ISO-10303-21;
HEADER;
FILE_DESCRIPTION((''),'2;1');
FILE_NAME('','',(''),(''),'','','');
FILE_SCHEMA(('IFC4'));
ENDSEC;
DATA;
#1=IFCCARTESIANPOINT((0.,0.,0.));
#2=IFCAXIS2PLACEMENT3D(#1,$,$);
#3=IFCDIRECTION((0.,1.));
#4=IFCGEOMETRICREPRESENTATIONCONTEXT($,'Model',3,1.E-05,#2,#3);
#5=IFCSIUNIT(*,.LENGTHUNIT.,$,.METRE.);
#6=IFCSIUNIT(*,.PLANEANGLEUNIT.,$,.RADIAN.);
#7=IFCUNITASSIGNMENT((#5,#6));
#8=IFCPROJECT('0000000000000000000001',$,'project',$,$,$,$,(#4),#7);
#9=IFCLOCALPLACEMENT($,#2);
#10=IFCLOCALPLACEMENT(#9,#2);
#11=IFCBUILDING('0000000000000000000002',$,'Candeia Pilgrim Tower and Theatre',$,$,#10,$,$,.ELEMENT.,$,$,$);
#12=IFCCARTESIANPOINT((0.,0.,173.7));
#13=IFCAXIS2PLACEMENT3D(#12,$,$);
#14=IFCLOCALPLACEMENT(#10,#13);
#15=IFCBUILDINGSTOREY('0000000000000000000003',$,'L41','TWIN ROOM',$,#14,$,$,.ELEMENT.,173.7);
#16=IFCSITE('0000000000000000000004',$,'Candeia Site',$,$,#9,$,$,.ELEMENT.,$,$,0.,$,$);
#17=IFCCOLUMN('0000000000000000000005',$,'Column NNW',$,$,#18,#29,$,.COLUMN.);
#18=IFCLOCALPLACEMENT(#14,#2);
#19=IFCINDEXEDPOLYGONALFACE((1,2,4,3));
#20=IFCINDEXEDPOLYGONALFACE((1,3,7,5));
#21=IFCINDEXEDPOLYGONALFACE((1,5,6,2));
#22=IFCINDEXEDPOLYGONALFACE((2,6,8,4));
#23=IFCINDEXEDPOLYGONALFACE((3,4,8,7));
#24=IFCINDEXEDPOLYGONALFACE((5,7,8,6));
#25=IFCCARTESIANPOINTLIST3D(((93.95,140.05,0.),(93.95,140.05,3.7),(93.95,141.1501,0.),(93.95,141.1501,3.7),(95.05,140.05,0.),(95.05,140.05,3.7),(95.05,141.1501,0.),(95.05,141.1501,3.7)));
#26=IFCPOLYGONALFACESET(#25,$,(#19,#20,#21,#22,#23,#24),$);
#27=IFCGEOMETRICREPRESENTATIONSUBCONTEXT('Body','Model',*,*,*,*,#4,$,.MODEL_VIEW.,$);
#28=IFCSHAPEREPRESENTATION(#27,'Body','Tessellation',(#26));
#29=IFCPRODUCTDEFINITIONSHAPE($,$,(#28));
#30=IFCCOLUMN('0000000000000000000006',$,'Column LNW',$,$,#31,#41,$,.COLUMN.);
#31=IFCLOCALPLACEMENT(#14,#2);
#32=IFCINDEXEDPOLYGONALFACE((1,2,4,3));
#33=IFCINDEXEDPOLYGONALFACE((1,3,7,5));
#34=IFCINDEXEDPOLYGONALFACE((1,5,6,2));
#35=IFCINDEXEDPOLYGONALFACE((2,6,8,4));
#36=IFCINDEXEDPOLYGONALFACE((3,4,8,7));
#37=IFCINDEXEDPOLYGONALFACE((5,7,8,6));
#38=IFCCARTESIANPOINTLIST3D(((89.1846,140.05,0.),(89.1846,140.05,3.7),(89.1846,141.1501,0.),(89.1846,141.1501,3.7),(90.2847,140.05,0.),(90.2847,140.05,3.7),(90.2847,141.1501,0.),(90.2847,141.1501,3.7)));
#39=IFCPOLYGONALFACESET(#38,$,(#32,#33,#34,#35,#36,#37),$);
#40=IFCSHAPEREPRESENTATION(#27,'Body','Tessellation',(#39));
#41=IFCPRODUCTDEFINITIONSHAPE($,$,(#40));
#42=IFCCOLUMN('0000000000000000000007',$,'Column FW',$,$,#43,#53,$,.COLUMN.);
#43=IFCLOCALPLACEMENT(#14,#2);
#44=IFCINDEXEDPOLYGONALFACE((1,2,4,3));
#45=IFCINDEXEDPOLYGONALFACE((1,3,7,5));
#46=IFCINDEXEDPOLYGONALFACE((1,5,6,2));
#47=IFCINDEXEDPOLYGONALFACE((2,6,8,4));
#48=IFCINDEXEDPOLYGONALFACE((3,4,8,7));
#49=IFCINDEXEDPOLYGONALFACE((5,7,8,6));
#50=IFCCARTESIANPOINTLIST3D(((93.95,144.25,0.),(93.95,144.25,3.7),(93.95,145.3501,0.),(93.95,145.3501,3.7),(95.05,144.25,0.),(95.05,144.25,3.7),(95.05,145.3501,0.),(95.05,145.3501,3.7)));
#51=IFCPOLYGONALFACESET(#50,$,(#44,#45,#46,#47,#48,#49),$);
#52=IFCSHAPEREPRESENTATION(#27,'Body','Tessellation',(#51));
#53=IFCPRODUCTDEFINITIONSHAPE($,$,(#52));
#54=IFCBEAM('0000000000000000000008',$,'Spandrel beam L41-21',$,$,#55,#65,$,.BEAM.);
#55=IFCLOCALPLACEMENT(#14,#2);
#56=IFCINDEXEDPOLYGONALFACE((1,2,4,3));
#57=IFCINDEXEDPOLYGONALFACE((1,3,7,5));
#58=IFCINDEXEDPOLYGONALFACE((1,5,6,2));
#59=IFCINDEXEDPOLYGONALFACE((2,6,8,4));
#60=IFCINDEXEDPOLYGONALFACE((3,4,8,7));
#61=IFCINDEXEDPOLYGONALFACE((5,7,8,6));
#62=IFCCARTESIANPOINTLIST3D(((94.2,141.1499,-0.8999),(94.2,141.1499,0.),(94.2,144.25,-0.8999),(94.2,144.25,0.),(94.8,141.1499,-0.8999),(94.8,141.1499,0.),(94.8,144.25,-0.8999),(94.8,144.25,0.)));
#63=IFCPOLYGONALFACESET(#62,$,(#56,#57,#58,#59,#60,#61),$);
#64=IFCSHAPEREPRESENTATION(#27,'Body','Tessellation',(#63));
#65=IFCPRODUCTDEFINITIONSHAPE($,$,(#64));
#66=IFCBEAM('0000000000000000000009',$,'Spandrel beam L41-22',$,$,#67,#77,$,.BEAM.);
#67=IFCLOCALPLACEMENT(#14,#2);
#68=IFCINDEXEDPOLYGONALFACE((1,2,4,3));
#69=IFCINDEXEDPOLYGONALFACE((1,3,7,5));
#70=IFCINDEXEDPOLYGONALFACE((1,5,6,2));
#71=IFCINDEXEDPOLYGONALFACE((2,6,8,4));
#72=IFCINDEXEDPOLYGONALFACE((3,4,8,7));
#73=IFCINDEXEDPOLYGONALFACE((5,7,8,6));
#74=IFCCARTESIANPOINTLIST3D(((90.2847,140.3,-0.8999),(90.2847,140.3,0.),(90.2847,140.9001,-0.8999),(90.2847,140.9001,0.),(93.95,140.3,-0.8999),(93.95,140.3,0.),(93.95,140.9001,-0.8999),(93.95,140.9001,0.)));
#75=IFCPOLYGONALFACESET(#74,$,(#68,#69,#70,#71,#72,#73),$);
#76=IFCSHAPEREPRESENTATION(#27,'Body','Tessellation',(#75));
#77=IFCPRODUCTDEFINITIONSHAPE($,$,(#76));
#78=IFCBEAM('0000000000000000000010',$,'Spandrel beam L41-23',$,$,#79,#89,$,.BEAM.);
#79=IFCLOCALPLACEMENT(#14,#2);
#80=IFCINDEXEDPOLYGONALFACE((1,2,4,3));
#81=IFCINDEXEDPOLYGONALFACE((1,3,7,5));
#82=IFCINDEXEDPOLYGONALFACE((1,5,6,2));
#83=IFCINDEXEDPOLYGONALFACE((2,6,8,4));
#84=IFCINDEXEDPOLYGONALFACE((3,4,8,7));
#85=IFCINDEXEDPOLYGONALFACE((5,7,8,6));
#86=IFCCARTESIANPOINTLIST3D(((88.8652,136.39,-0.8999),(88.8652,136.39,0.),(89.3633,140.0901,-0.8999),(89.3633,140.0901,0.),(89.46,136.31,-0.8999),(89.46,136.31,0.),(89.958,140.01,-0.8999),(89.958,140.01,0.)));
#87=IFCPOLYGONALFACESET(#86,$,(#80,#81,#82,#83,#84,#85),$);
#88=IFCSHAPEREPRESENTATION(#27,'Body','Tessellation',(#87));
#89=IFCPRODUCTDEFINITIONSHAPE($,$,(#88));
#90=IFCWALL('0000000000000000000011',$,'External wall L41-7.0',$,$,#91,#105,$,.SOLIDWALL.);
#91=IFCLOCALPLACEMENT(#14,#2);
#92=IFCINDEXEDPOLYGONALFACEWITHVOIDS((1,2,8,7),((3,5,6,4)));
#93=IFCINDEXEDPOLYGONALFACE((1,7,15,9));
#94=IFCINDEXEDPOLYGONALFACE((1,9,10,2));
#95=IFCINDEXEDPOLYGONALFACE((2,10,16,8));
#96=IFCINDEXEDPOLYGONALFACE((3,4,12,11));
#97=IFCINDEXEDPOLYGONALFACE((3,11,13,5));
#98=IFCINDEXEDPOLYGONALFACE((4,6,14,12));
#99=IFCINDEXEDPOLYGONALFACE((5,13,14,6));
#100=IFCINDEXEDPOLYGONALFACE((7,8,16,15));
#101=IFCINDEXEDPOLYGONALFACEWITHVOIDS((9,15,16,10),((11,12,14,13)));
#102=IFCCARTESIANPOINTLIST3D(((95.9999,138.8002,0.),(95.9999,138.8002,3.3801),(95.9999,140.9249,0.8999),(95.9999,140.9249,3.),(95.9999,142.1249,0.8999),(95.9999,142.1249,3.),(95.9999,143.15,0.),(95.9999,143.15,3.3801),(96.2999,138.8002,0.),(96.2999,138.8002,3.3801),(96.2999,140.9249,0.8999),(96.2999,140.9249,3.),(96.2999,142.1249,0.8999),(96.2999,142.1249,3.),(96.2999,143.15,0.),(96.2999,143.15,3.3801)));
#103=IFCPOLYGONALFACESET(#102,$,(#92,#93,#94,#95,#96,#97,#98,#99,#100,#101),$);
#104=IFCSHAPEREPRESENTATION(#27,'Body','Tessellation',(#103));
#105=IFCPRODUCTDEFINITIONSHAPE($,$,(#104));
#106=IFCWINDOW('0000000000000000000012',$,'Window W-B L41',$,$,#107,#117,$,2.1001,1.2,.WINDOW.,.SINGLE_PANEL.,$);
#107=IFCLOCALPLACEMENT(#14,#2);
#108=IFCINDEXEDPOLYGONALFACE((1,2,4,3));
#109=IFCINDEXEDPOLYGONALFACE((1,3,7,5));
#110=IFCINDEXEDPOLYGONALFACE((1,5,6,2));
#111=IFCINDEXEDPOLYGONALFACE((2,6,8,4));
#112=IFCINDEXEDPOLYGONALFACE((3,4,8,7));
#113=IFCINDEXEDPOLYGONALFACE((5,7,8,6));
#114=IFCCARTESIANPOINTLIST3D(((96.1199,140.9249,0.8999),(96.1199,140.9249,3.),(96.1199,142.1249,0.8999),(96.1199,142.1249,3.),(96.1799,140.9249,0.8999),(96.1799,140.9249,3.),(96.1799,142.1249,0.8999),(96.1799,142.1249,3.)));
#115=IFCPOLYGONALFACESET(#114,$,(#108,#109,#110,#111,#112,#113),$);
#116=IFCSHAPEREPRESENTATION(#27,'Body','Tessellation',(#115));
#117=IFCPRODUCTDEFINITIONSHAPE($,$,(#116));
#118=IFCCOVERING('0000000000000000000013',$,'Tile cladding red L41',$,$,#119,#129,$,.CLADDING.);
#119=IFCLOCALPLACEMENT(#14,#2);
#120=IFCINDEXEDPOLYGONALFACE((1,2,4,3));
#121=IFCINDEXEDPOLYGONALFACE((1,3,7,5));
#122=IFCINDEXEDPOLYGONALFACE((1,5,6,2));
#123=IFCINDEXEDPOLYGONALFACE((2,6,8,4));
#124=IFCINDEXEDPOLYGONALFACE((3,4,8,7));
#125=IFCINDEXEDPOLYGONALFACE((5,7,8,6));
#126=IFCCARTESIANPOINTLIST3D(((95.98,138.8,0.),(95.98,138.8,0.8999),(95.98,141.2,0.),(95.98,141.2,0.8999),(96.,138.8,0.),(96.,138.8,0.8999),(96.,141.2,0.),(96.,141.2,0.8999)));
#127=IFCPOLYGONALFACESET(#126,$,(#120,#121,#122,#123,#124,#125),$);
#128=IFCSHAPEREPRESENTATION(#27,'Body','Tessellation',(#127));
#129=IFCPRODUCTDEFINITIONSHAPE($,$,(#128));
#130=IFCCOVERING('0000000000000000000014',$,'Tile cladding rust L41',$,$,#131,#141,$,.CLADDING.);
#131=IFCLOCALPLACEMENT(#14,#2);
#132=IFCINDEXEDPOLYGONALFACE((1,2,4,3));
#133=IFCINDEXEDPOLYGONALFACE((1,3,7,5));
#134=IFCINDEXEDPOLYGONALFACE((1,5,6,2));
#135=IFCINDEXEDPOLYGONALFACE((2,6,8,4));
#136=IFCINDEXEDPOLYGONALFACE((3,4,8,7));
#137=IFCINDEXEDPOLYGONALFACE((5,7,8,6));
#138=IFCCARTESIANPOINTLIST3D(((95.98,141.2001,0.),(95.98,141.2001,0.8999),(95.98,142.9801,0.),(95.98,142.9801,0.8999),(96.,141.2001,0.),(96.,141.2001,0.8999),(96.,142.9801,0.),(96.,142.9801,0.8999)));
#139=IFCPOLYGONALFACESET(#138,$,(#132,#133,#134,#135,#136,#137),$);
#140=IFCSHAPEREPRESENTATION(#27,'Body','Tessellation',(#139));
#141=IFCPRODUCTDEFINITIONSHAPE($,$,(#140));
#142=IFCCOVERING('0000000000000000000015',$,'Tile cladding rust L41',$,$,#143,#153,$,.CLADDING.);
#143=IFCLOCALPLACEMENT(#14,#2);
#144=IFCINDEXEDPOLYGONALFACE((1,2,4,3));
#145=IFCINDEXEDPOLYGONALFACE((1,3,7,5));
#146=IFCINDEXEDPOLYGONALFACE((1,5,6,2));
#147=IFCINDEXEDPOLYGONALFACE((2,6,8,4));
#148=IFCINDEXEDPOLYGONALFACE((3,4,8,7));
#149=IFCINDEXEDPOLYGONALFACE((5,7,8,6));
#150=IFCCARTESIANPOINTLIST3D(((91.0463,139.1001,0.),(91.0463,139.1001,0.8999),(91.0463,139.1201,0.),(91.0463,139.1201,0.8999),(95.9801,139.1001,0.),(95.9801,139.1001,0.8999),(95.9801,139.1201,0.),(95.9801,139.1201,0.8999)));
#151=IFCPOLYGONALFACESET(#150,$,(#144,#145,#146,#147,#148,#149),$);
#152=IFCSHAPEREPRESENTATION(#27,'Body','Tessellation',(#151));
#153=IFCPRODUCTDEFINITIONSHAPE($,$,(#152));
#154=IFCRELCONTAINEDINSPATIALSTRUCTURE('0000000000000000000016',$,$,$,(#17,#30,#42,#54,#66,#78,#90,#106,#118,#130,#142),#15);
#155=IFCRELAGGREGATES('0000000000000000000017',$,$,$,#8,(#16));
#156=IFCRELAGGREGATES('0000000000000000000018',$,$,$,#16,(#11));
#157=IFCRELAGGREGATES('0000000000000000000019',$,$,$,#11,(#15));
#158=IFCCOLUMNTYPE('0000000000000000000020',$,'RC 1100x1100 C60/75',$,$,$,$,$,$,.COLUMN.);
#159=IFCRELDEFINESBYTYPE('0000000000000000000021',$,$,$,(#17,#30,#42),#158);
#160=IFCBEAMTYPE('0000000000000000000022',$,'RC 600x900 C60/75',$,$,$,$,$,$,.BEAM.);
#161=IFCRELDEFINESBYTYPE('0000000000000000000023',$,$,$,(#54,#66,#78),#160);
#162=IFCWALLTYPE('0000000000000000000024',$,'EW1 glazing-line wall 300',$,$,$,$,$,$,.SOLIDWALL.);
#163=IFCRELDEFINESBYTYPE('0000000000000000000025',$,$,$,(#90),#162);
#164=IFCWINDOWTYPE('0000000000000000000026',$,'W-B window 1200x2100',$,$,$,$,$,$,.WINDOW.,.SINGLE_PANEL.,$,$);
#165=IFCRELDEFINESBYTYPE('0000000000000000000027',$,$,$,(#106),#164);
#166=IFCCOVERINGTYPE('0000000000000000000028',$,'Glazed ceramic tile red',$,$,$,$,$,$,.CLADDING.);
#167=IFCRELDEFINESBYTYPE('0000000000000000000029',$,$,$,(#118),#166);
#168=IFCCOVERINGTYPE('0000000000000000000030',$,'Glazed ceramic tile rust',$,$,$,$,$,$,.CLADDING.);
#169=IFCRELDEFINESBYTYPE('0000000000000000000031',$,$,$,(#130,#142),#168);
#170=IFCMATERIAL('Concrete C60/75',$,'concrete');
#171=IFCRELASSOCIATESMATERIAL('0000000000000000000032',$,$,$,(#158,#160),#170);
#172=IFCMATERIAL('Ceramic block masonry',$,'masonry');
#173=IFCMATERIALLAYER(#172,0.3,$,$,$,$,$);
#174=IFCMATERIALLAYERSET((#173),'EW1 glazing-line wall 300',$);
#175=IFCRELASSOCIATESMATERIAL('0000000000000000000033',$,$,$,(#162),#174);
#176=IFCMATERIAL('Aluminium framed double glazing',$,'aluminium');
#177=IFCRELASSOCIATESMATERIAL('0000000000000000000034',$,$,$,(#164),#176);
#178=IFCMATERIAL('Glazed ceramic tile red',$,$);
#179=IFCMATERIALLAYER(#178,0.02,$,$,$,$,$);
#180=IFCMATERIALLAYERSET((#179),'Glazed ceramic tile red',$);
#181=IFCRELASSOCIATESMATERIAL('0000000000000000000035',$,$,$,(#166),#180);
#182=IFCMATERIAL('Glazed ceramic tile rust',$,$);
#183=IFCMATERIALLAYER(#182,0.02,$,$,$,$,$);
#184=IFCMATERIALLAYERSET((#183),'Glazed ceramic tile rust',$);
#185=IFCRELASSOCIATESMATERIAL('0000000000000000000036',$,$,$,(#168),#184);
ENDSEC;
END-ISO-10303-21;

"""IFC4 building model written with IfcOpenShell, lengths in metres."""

from ifc_helpers import new_model, si_unit, direction, frame, frame_2d, origin, origin_2d, place, context, subcontext, project, spatial, rectangle, extrude, material, layer, layer_set, material_profile, profile_set, type_object, element, fill, save


model = new_model("IFC4")

# Units and contexts
model_context = context("Model", 3, precision=1e-05, world=origin(), true_north=direction((0.0, 1.0)))
body_context = subcontext(model_context, "Body", "Model", "MODEL_VIEW")
ifc_project = project(units=[si_unit("LENGTHUNIT", "METRE"), si_unit("PLANEANGLEUNIT", "RADIAN")], contexts=[model_context])

# Site, building, storey
site_placement = place(None, origin())
site = spatial("IfcSite", under=ifc_project, at=site_placement, Name="Candeia Site", CompositionType="ELEMENT", RefElevation=0.0)
building_placement = place(site_placement, origin())
building = spatial("IfcBuilding", under=site, at=building_placement, Name="Candeia Pilgrim Tower and Theatre", CompositionType="ELEMENT")
storey_placement = place(building_placement, frame((0.0, 0.0, 173.7)))
storey = spatial("IfcBuildingStorey", under=building, at=storey_placement, Name="L41", Description="TWIN ROOM", CompositionType="ELEMENT", Elevation=173.7)

# Columns
ifc_material_1 = material(Name="Concrete C60/75", Category="concrete")
ifc_material_profile_1 = material_profile(ifc_material_1, rectangle(XDim=1.1001, YDim=1.1001, at=origin_2d()))
ifc_profile_set_1 = profile_set([ifc_material_profile_1], Name="Concrete C60/75")
column_type = type_object("IfcColumnType", Name="RC 1100x1100 C60/75", PredefinedType="COLUMN", material=ifc_profile_set_1)
for number, where, z_axis, x_axis, name in (
    (1, (94.5, 140.6001, 0.0), (0.0, 0.0, 1.0), (1.0, 0.0, 0.0), "Column NNW"),
    (2, (89.7346, 140.6001, 0.0), (0.0, 0.0, 1.0), (1.0, 0.0, 0.0), "Column LNW"),
    (3, (94.5, 144.8, 0.0), (0.0, 0.0, 1.0), (1.0, 0.0, 0.0), "Column FW"),
):
    element("IfcColumn", number, at=place(storey_placement, frame(where, z_axis=z_axis, x_axis=x_axis)), inside=storey, type_object=column_type, Name=name, PredefinedType="COLUMN", context=body_context, shape_type="SweptSolid", body=[
        extrude(rectangle(XDim=1.1001, YDim=1.1001, at=origin_2d()), origin(), (0.0, 0.0, 1.0), 3.7),
    ])

# Beams
ifc_material_profile_2 = material_profile(ifc_material_1, rectangle(XDim=0.6001, YDim=0.8999, at=origin_2d()))
ifc_profile_set_2 = profile_set([ifc_material_profile_2], Name="Concrete C60/75")
beam_type = type_object("IfcBeamType", Name="RC 600x900 C60/75", PredefinedType="BEAM", material=ifc_profile_set_2)
beam_1_placement = place(storey_placement, frame((94.5, 144.25, -0.45), z_axis=(0.0, -1.0, 0.0), x_axis=(1.0, 0.0, 0.0)))
element("IfcBeam", 4, at=beam_1_placement, inside=storey, type_object=beam_type, Name="Spandrel beam L41-21", PredefinedType="BEAM", context=body_context, shape_type="SweptSolid", body=[
    extrude(rectangle(XDim=0.6001, YDim=0.8999, at=origin_2d()), origin(), (0.0, 0.0, 1.0), 3.1001),
])
beam_2_placement = place(storey_placement, frame((93.95, 140.6001, -0.45), z_axis=(-1.0, 0.0, 0.0), x_axis=(0.0, -1.0, 0.0)))
element("IfcBeam", 5, at=beam_2_placement, inside=storey, type_object=beam_type, Name="Spandrel beam L41-22", PredefinedType="BEAM", context=body_context, shape_type="SweptSolid", body=[
    extrude(rectangle(XDim=0.6001, YDim=0.8999, at=origin_2d()), origin(), (0.0, 0.0, 1.0), 3.6653),
])
beam_3_placement = place(storey_placement, frame((89.6606, 140.05, -0.45), z_axis=(-0.133406, -0.991061, 0.0), x_axis=(0.991061, -0.133406, 0.0)))
element("IfcBeam", 6, at=beam_3_placement, inside=storey, type_object=beam_type, Name="Spandrel beam L41-23", PredefinedType="BEAM", context=body_context, shape_type="SweptSolid", body=[
    extrude(rectangle(XDim=0.6001, YDim=0.8999, at=origin_2d()), origin(), (0.0, 0.0, 1.0), 3.7334),
])

# Wall, opening, window
ifc_material_2 = material(Name="Ceramic block masonry", Category="masonry")
ifc_layer_1 = layer(ifc_material_2, 0.3)
ifc_layer_set_1 = layer_set([ifc_layer_1], Name="EW1 glazing-line wall 300")
wall_type = type_object("IfcWallType", Name="EW1 glazing-line wall 300", PredefinedType="SOLIDWALL", material=ifc_layer_set_1)
wall_placement = place(storey_placement, frame((96.1499, 143.1499, 0.0), z_axis=(0.0, 0.0, 1.0), x_axis=(0.0, -1.0, 0.0)))
wall = element("IfcWall", 7, at=wall_placement, inside=storey, type_object=wall_type, Name="External wall L41-7.0", PredefinedType="SOLIDWALL", context=body_context, shape_type="SweptSolid", body=[
    extrude(rectangle(XDim=4.3499, YDim=0.3, at=frame_2d((2.1748, 0.0))), origin(), (0.0, 0.0, 1.0), 3.3801),
])
opening_placement = place(wall_placement, frame((1.0249, 0.0, 0.8999)))
opening = element("IfcOpeningElement", 8, at=opening_placement, cuts=wall, PredefinedType="OPENING", context=body_context, shape_type="SweptSolid", body=[
    extrude(rectangle(XDim=1.2, YDim=2.1001, at=frame_2d((0.6001, 1.05))), frame((0.0, 0.1602, 0.0), z_axis=(0.0, -1.0, 0.0), x_axis=(1.0, 0.0, 0.0)), (0.0, 0.0, 1.0), 0.3201),
])
ifc_material_3 = material(Name="Aluminium framed double glazing", Category="aluminium")
window_type = type_object("IfcWindowType", Name="W-B window 1200x2100", PartitioningType="SINGLE_PANEL", PredefinedType="WINDOW", material=ifc_material_3)
window_placement = place(opening_placement, origin())
window = element("IfcWindow", 9, at=window_placement, inside=storey, type_object=window_type, Name="Window W-B L41", OverallHeight=2.1001, OverallWidth=1.2, PartitioningType="SINGLE_PANEL", PredefinedType="WINDOW", context=body_context, shape_type="SweptSolid", body=[
    extrude(rectangle(XDim=1.2, YDim=2.1001, at=frame_2d((0.6001, 1.05))), frame((0.0, 0.03, 0.0), z_axis=(0.0, -1.0, 0.0), x_axis=(1.0, 0.0, 0.0)), (0.0, 0.0, 1.0), 0.0601),
])
fill(opening, window)

# Coverings
ifc_material_4 = material(Name="Glazed ceramic tile red")
ifc_layer_2 = layer(ifc_material_4, 0.02)
ifc_layer_set_2 = layer_set([ifc_layer_2], Name="Glazed ceramic tile red")
covering_type_1 = type_object("IfcCoveringType", Name="Glazed ceramic tile red", PredefinedType="CLADDING", material=ifc_layer_set_2)
covering_1_placement = place(storey_placement, frame((95.99, 140.0, 0.0), z_axis=(0.0, 0.0, 1.0), x_axis=(0.0, -1.0, 0.0)))
element("IfcCovering", 10, at=covering_1_placement, inside=storey, type_object=covering_type_1, Name="Tile cladding red L41", PredefinedType="CLADDING", context=body_context, shape_type="SweptSolid", body=[
    extrude(rectangle(XDim=2.3999, YDim=0.02, at=origin_2d()), origin(), (0.0, 0.0, 1.0), 0.8999),
])
ifc_material_5 = material(Name="Glazed ceramic tile rust")
ifc_layer_3 = layer(ifc_material_5, 0.02)
ifc_layer_set_3 = layer_set([ifc_layer_3], Name="Glazed ceramic tile rust")
covering_type_2 = type_object("IfcCoveringType", Name="Glazed ceramic tile rust", PredefinedType="CLADDING", material=ifc_layer_set_3)
covering_2_placement = place(storey_placement, frame((95.99, 142.0901, 0.0), z_axis=(0.0, 0.0, 1.0), x_axis=(0.0, -1.0, 0.0)))
element("IfcCovering", 11, at=covering_2_placement, inside=storey, type_object=covering_type_2, Name="Tile cladding rust L41", PredefinedType="CLADDING", context=body_context, shape_type="SweptSolid", body=[
    extrude(rectangle(XDim=1.78, YDim=0.02, at=origin_2d()), origin(), (0.0, 0.0, 1.0), 0.8999),
])
covering_3_placement = place(storey_placement, frame((93.5132, 139.1101, 0.0), z_axis=(0.0, 0.0, 1.0), x_axis=(-1.0, 0.0, 0.0)))
element("IfcCovering", 12, at=covering_3_placement, inside=storey, type_object=covering_type_2, Name="Tile cladding rust L41", PredefinedType="CLADDING", context=body_context, shape_type="SweptSolid", body=[
    extrude(rectangle(XDim=4.9338, YDim=0.02, at=origin_2d()), origin(), (0.0, 0.0, 1.0), 0.8999),
])

save(model, "model.ifc")
